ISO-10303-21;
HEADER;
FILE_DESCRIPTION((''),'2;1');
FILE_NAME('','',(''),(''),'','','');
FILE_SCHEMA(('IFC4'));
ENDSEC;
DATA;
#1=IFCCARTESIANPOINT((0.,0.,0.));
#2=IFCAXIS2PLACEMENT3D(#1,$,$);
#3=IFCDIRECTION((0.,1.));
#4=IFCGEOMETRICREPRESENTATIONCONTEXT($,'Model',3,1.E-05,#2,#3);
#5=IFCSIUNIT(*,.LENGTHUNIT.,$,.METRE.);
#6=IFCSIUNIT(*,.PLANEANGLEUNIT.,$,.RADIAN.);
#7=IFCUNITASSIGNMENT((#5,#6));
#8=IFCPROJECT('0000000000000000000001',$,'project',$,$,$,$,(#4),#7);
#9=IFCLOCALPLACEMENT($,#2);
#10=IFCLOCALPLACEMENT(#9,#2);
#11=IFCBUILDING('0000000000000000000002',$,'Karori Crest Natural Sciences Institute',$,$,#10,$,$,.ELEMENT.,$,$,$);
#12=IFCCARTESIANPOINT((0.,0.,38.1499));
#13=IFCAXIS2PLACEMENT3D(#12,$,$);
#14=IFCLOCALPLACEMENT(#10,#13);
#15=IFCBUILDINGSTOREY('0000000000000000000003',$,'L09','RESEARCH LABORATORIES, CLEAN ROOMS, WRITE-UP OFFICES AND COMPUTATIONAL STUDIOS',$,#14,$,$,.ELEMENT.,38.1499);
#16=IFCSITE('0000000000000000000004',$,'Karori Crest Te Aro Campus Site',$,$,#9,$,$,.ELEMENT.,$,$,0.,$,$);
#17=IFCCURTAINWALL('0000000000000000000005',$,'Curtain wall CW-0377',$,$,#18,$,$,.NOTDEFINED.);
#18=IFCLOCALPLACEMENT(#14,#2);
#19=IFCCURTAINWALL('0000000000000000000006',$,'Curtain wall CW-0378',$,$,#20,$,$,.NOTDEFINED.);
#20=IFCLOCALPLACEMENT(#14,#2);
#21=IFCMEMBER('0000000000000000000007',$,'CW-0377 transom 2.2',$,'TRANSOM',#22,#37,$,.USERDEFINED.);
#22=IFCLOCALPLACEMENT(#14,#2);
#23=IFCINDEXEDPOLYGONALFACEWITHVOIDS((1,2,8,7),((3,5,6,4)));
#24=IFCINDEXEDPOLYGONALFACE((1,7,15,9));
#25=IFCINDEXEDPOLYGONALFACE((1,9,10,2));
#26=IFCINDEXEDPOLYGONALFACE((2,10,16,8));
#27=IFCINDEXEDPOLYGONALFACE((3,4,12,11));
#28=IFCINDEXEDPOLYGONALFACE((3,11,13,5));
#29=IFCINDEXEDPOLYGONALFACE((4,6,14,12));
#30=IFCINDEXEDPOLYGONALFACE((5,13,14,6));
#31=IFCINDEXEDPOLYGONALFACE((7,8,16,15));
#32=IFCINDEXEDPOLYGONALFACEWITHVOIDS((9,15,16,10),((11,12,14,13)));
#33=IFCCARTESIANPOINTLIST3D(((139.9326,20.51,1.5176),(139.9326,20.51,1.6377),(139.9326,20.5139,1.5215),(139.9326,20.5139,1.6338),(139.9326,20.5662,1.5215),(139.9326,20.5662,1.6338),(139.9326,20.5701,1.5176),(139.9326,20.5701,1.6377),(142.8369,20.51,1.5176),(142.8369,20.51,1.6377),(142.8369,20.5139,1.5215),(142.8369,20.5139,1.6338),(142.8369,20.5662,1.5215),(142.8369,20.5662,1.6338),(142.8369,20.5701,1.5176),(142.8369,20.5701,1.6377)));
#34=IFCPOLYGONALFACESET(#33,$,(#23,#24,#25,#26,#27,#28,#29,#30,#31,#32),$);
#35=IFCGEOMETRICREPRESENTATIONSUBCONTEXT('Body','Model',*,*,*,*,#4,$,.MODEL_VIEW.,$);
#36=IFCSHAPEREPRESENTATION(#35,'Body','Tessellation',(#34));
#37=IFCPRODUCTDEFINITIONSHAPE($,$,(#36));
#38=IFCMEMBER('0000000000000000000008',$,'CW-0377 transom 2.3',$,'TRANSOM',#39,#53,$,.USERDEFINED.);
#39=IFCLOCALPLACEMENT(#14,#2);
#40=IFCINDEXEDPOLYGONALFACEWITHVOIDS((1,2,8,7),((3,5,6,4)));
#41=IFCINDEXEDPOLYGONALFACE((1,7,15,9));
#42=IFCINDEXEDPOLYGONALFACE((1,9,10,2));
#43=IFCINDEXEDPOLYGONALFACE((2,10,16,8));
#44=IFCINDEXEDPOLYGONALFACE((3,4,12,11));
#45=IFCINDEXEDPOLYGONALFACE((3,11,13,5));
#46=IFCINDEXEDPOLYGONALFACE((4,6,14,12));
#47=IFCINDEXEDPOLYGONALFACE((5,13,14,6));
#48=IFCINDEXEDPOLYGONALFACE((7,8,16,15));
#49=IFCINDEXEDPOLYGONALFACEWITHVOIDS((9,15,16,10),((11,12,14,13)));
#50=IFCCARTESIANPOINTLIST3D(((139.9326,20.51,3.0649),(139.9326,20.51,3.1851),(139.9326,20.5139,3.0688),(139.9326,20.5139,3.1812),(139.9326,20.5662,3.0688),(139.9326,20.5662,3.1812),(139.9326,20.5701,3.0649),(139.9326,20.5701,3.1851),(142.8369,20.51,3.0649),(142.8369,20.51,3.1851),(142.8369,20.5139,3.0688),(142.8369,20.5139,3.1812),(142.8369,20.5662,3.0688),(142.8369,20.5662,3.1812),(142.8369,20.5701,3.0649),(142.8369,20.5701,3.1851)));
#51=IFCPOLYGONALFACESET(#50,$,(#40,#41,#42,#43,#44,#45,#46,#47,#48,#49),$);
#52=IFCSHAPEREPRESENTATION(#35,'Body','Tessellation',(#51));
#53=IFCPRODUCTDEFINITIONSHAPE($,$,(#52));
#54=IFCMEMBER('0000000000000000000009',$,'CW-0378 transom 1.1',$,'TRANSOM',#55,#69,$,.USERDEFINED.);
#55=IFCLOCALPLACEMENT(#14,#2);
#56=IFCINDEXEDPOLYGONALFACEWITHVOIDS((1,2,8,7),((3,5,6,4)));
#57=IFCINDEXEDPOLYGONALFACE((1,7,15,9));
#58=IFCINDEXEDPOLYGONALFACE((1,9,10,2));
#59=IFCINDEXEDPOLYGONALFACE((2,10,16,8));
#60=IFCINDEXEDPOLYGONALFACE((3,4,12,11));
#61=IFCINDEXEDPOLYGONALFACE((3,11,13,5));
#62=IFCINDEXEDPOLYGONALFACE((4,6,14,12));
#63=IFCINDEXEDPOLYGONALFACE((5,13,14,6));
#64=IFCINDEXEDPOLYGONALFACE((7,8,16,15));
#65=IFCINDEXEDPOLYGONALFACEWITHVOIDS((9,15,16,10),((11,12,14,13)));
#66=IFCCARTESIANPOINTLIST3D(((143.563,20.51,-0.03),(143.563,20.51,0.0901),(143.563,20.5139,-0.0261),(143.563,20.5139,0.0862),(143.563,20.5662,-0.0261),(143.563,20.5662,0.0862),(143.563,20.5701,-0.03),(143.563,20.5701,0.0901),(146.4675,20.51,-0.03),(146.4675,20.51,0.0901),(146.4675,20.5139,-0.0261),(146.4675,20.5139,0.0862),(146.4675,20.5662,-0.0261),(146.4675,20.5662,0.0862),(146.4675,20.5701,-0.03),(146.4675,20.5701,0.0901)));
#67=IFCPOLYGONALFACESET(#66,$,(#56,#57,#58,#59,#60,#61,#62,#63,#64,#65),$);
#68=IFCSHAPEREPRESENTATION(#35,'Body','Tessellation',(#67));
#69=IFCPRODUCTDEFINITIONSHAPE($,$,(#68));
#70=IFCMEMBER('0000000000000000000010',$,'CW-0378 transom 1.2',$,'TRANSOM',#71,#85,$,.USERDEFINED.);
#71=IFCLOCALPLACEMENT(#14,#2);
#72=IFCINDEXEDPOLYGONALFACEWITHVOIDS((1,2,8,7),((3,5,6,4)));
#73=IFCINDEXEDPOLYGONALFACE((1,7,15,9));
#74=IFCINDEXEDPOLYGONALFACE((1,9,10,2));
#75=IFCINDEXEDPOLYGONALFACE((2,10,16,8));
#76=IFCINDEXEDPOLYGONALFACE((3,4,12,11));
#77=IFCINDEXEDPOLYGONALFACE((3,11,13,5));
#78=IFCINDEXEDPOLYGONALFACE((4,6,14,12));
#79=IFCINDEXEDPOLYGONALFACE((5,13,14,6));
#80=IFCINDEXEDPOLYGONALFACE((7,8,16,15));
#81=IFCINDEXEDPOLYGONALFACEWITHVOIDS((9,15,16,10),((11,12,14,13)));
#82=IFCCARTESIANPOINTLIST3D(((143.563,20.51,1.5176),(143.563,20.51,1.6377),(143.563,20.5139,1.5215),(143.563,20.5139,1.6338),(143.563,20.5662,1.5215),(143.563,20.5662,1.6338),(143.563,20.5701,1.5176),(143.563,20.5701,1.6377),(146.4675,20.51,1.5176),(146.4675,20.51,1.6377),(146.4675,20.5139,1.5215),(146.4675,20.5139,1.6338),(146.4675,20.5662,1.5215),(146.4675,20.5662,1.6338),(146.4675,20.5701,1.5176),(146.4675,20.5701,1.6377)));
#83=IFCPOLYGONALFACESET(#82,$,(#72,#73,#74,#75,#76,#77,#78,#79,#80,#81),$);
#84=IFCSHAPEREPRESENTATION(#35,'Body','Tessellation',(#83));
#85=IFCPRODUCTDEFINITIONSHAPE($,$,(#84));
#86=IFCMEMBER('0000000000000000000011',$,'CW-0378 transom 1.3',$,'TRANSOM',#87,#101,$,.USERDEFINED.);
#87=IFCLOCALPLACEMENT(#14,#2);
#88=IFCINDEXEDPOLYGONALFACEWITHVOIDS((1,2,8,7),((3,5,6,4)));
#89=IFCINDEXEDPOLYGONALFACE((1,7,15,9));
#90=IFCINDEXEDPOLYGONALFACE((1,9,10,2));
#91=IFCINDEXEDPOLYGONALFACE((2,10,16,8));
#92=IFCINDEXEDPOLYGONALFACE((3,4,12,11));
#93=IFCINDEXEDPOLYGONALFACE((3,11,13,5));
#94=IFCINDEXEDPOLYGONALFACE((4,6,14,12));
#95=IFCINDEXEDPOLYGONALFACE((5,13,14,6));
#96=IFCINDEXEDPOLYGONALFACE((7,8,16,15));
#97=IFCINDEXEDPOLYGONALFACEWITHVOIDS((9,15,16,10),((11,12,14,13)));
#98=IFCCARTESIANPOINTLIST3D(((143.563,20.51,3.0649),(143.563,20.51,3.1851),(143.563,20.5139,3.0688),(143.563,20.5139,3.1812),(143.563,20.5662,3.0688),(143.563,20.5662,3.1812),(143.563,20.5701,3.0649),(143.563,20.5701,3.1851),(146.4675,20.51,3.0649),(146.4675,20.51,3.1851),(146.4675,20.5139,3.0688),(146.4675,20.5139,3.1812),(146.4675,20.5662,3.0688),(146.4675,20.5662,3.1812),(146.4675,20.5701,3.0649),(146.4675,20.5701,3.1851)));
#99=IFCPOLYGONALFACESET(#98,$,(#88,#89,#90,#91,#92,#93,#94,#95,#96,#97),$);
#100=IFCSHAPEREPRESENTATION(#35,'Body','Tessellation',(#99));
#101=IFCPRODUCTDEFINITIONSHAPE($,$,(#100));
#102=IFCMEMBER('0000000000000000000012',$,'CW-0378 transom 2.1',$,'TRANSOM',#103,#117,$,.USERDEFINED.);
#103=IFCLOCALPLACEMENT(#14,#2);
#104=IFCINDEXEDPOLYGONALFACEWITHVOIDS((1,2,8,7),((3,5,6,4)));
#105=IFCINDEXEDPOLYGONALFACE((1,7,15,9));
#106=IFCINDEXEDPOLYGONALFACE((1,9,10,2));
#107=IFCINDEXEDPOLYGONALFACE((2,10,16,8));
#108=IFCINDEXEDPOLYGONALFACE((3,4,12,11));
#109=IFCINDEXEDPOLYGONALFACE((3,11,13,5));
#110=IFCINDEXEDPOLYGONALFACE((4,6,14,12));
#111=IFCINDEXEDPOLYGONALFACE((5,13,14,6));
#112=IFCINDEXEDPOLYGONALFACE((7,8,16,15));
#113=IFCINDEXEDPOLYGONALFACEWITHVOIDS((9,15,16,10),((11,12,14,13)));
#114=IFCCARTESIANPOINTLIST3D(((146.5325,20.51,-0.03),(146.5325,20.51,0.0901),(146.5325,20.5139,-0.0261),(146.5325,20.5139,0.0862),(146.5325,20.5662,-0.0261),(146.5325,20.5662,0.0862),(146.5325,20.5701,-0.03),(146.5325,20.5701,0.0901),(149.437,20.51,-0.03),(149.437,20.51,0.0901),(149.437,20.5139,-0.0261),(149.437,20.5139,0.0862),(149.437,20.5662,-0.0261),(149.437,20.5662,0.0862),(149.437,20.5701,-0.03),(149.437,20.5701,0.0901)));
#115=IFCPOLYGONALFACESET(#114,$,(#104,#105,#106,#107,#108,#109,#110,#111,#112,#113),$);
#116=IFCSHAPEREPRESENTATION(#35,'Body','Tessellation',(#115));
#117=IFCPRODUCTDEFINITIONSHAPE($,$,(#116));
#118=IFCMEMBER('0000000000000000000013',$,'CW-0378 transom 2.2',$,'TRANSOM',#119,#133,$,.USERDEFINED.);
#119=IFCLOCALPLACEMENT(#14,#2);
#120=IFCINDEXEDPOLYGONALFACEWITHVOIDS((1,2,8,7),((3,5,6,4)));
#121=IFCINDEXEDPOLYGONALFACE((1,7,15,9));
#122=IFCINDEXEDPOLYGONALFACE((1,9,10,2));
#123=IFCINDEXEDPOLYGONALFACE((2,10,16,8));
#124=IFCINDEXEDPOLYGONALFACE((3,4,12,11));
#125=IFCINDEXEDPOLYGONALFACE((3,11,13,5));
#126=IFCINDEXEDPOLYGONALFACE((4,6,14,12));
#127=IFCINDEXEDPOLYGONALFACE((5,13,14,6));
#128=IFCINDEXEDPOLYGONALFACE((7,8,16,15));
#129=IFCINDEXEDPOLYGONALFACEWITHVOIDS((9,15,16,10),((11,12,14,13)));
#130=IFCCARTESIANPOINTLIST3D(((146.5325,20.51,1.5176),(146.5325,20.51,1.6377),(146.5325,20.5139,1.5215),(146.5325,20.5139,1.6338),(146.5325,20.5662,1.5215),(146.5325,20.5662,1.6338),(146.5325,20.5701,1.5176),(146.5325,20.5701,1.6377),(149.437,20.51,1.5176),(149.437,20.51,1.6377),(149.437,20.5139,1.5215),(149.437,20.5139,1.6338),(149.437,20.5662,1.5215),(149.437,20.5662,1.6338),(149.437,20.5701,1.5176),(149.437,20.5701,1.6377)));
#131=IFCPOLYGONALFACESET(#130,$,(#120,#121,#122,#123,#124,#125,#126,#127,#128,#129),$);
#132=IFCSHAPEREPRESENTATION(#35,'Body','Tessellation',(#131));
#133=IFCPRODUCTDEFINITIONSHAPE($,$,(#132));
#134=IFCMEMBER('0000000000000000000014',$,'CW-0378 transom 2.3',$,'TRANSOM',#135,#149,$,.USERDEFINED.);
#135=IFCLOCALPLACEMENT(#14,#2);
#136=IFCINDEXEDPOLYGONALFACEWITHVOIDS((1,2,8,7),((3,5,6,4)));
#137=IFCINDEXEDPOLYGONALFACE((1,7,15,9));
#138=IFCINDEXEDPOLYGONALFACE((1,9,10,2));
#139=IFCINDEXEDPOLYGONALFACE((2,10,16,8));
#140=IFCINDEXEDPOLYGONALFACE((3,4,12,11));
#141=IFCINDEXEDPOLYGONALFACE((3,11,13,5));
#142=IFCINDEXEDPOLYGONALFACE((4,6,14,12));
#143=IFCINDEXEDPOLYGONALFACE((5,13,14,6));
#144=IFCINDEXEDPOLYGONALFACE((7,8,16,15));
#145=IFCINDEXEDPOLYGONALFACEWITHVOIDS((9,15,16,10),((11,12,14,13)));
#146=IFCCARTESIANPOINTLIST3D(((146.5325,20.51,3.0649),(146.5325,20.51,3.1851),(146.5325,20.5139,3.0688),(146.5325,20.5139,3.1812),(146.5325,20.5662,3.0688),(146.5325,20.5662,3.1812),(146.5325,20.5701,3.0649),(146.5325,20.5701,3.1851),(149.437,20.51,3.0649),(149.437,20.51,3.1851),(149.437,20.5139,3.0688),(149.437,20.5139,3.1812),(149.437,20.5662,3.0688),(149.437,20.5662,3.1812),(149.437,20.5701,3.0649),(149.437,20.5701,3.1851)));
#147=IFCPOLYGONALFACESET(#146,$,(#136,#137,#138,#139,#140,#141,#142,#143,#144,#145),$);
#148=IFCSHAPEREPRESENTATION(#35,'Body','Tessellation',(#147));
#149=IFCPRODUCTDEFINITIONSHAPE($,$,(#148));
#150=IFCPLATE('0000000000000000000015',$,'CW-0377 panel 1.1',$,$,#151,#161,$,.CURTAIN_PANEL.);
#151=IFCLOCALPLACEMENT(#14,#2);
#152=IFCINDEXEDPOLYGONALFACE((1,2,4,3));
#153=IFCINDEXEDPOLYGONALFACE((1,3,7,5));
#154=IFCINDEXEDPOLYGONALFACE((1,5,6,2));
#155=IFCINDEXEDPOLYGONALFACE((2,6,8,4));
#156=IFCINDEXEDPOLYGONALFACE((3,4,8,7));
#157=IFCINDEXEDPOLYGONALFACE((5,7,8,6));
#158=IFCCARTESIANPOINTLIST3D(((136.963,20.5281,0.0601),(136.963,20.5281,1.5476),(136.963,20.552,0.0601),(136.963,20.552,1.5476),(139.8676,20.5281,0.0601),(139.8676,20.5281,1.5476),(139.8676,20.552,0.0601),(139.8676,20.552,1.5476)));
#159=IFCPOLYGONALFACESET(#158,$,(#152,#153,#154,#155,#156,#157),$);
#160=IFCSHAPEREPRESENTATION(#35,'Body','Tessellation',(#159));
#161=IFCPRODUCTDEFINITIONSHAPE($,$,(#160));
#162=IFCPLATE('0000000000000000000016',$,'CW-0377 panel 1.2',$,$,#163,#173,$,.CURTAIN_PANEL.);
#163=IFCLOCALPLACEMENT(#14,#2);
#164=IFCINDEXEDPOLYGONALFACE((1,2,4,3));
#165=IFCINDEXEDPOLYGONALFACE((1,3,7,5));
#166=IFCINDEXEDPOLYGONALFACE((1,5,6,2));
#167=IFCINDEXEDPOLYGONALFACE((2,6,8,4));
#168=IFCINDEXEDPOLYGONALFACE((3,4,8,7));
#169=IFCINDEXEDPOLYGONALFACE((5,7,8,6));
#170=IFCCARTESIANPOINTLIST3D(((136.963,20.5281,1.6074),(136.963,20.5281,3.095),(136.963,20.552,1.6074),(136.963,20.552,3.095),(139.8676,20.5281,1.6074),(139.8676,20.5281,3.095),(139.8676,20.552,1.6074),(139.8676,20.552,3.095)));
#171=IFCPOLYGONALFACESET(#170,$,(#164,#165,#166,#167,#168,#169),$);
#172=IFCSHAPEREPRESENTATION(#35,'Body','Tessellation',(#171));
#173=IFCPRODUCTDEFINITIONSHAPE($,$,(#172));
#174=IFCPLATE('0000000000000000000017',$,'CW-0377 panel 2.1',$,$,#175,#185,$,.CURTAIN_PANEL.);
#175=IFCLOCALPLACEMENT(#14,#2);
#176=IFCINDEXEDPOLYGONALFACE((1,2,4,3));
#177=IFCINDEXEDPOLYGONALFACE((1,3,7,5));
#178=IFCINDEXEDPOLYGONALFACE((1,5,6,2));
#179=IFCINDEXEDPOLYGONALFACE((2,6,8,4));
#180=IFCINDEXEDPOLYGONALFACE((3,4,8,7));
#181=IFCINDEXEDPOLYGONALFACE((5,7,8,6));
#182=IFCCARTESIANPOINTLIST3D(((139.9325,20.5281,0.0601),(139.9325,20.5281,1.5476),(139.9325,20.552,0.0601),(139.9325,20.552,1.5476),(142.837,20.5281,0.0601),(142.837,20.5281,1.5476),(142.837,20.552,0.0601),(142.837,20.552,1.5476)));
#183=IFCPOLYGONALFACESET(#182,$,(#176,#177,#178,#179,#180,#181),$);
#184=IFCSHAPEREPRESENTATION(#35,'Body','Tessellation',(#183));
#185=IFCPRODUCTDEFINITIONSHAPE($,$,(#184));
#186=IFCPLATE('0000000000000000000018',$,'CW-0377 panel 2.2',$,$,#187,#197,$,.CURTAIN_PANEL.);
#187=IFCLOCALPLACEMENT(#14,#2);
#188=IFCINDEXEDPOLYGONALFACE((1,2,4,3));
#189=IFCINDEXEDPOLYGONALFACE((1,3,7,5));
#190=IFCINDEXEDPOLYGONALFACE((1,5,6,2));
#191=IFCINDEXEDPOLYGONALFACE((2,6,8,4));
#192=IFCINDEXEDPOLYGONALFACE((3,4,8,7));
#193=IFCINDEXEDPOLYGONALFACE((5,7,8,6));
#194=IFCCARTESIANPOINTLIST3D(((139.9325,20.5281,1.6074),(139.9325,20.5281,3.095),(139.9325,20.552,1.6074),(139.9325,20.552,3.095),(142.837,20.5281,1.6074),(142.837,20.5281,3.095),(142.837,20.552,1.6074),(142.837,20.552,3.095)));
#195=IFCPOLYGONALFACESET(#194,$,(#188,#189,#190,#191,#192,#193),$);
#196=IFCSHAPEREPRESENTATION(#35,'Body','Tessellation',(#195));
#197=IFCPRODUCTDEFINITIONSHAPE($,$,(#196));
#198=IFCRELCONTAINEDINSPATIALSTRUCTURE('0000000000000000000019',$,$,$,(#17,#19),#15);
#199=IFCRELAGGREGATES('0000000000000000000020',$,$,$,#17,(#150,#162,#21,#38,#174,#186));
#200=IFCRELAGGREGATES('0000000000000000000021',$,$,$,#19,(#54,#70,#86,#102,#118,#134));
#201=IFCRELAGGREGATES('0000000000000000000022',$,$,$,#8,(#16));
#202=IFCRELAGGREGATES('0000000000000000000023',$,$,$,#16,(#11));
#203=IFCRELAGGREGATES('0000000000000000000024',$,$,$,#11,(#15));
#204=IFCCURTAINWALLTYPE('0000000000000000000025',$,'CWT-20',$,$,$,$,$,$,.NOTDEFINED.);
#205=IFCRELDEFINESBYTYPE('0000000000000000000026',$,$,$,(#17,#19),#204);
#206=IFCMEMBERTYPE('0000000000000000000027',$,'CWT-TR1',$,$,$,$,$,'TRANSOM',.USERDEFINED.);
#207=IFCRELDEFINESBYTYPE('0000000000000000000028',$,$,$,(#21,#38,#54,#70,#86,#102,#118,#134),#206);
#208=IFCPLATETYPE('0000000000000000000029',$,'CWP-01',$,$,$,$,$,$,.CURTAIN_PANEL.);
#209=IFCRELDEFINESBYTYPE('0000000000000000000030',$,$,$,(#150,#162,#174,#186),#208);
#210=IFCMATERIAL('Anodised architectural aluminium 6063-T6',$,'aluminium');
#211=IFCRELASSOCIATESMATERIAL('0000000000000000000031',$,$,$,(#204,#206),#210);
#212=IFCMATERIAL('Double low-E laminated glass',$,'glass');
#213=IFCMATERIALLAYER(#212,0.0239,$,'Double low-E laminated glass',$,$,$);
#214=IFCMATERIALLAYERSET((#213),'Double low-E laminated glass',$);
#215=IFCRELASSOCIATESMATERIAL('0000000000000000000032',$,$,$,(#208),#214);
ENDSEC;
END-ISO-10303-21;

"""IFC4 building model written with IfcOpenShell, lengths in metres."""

from ifc_helpers import new_model, si_unit, direction, frame, origin, origin_2d, place, context, subcontext, project, spatial, rectangle, hollow_rectangle, extrude, material, layer, layer_set, material_profile, profile_set, type_object, element, aggregate, save


model = new_model("IFC4")

# Units and contexts
model_context = context("Model", 3, precision=1e-05, world=origin(), true_north=direction((0.0, 1.0)))
body_context = subcontext(model_context, "Body", "Model", "MODEL_VIEW")
ifc_project = project(units=[si_unit("LENGTHUNIT", "METRE"), si_unit("PLANEANGLEUNIT", "RADIAN")], contexts=[model_context])

# Site, building, storey
site_placement = place(None, origin())
site = spatial("IfcSite", under=ifc_project, at=site_placement, Name="Karori Crest Te Aro Campus Site", CompositionType="ELEMENT", RefElevation=0.0)
building_placement = place(site_placement, origin())
building = spatial("IfcBuilding", under=site, at=building_placement, Name="Karori Crest Natural Sciences Institute", CompositionType="ELEMENT")
storey_placement = place(building_placement, frame((0.0, 0.0, 38.1499)))
storey = spatial("IfcBuildingStorey", under=building, at=storey_placement, Name="L09", Description="RESEARCH LABORATORIES, CLEAN ROOMS, WRITE-UP OFFICES AND COMPUTATIONAL STUDIOS", CompositionType="ELEMENT", Elevation=38.1499)

# Curtain walls
ifc_material_1 = material(Name="Anodised architectural aluminium 6063-T6", Category="aluminium")
curtain_wall_type = type_object("IfcCurtainWallType", Name="CWT-20", PredefinedType="NOTDEFINED", material=ifc_material_1)
curtain_wall_1_placement = place(storey_placement, origin())
curtain_wall_1 = element("IfcCurtainWall", 1, at=curtain_wall_1_placement, inside=storey, type_object=curtain_wall_type, Name="Curtain wall CW-0377", PredefinedType="NOTDEFINED")
curtain_wall_2_placement = place(storey_placement, origin())
curtain_wall_2 = element("IfcCurtainWall", 2, at=curtain_wall_2_placement, inside=storey, type_object=curtain_wall_type, Name="Curtain wall CW-0378", PredefinedType="NOTDEFINED")

# Members
ifc_material_profile_1 = material_profile(ifc_material_1, hollow_rectangle(XDim=0.0601, YDim=0.1201, WallThickness=0.0039, at=origin_2d()), Name="CWT120x60x4")
ifc_profile_set_1 = profile_set([ifc_material_profile_1], Name="Anodised architectural aluminium 6063-T6")
member_type_1 = type_object("IfcMemberType", Name="CWT-TR1", ElementType="TRANSOM", PredefinedType="USERDEFINED", material=ifc_profile_set_1)
member_1_placement = place(storey_placement, frame((139.9326, 20.54, 1.5776), z_axis=(1.0, 0.0, 0.0), x_axis=(0.0, 1.0, 0.0)))
member_1 = element("IfcMember", 3, at=member_1_placement, type_object=member_type_1, Name="CW-0377 transom 2.2", ObjectType="TRANSOM", PredefinedType="USERDEFINED", context=body_context, shape_type="SweptSolid", body=[
    extrude(hollow_rectangle(XDim=0.0601, YDim=0.1201, WallThickness=0.0039, at=origin_2d()), origin(), (0.0, 0.0, 1.0), 2.9043),
])
member_2_placement = place(storey_placement, frame((139.9326, 20.54, 3.125), z_axis=(1.0, 0.0, 0.0), x_axis=(0.0, 1.0, 0.0)))
member_2 = element("IfcMember", 4, at=member_2_placement, type_object=member_type_1, Name="CW-0377 transom 2.3", ObjectType="TRANSOM", PredefinedType="USERDEFINED", context=body_context, shape_type="SweptSolid", body=[
    extrude(hollow_rectangle(XDim=0.0601, YDim=0.1201, WallThickness=0.0039, at=origin_2d()), origin(), (0.0, 0.0, 1.0), 2.9043),
])
member_3_placement = place(storey_placement, frame((143.563, 20.54, 0.03), z_axis=(1.0, 0.0, 0.0), x_axis=(0.0, 1.0, 0.0)))
member_3 = element("IfcMember", 5, at=member_3_placement, type_object=member_type_1, Name="CW-0378 transom 1.1", ObjectType="TRANSOM", PredefinedType="USERDEFINED", context=body_context, shape_type="SweptSolid", body=[
    extrude(hollow_rectangle(XDim=0.0601, YDim=0.1201, WallThickness=0.0039, at=origin_2d()), origin(), (0.0, 0.0, 1.0), 2.9045),
])
member_4_placement = place(storey_placement, frame((143.563, 20.54, 1.5776), z_axis=(1.0, 0.0, 0.0), x_axis=(0.0, 1.0, 0.0)))
member_4 = element("IfcMember", 6, at=member_4_placement, type_object=member_type_1, Name="CW-0378 transom 1.2", ObjectType="TRANSOM", PredefinedType="USERDEFINED", context=body_context, shape_type="SweptSolid", body=[
    extrude(hollow_rectangle(XDim=0.0601, YDim=0.1201, WallThickness=0.0039, at=origin_2d()), origin(), (0.0, 0.0, 1.0), 2.9045),
])
member_5_placement = place(storey_placement, frame((143.563, 20.54, 3.125), z_axis=(1.0, 0.0, 0.0), x_axis=(0.0, 1.0, 0.0)))
member_5 = element("IfcMember", 7, at=member_5_placement, type_object=member_type_1, Name="CW-0378 transom 1.3", ObjectType="TRANSOM", PredefinedType="USERDEFINED", context=body_context, shape_type="SweptSolid", body=[
    extrude(hollow_rectangle(XDim=0.0601, YDim=0.1201, WallThickness=0.0039, at=origin_2d()), origin(), (0.0, 0.0, 1.0), 2.9045),
])
member_6_placement = place(storey_placement, frame((146.5325, 20.54, 0.03), z_axis=(1.0, 0.0, 0.0), x_axis=(0.0, 1.0, 0.0)))
member_6 = element("IfcMember", 8, at=member_6_placement, type_object=member_type_1, Name="CW-0378 transom 2.1", ObjectType="TRANSOM", PredefinedType="USERDEFINED", context=body_context, shape_type="SweptSolid", body=[
    extrude(hollow_rectangle(XDim=0.0601, YDim=0.1201, WallThickness=0.0039, at=origin_2d()), origin(), (0.0, 0.0, 1.0), 2.9045),
])
member_7_placement = place(storey_placement, frame((146.5325, 20.54, 1.5776), z_axis=(1.0, 0.0, 0.0), x_axis=(0.0, 1.0, 0.0)))
member_7 = element("IfcMember", 9, at=member_7_placement, type_object=member_type_1, Name="CW-0378 transom 2.2", ObjectType="TRANSOM", PredefinedType="USERDEFINED", context=body_context, shape_type="SweptSolid", body=[
    extrude(hollow_rectangle(XDim=0.0601, YDim=0.1201, WallThickness=0.0039, at=origin_2d()), origin(), (0.0, 0.0, 1.0), 2.9045),
])
member_8_placement = place(storey_placement, frame((146.5325, 20.54, 3.125), z_axis=(1.0, 0.0, 0.0), x_axis=(0.0, 1.0, 0.0)))
member_8 = element("IfcMember", 10, at=member_8_placement, type_object=member_type_1, Name="CW-0378 transom 2.3", ObjectType="TRANSOM", PredefinedType="USERDEFINED", context=body_context, shape_type="SweptSolid", body=[
    extrude(hollow_rectangle(XDim=0.0601, YDim=0.1201, WallThickness=0.0039, at=origin_2d()), origin(), (0.0, 0.0, 1.0), 2.9045),
])

# Plates
ifc_material_2 = material(Name="Double low-E laminated glass", Category="glass")
ifc_layer_1 = layer(ifc_material_2, 0.0239, Name="Double low-E laminated glass")
ifc_layer_set_1 = layer_set([ifc_layer_1], Name="Double low-E laminated glass")
plate_type = type_object("IfcPlateType", Name="CWP-01", PredefinedType="CURTAIN_PANEL", material=ifc_layer_set_1)
plate_1_placement = place(storey_placement, frame((138.4153, 20.54, 0.0601), z_axis=(0.0, 0.0, 1.0), x_axis=(1.0, 0.0, 0.0)))
plate_1 = element("IfcPlate", 11, at=plate_1_placement, type_object=plate_type, Name="CW-0377 panel 1.1", PredefinedType="CURTAIN_PANEL", context=body_context, shape_type="SweptSolid", body=[
    extrude(rectangle(XDim=2.9045, YDim=0.0239, at=origin_2d()), origin(), (0.0, 0.0, 1.0), 1.4875),
])
plate_2_placement = place(storey_placement, frame((138.4153, 20.54, 1.6074), z_axis=(0.0, 0.0, 1.0), x_axis=(1.0, 0.0, 0.0)))
plate_2 = element("IfcPlate", 12, at=plate_2_placement, type_object=plate_type, Name="CW-0377 panel 1.2", PredefinedType="CURTAIN_PANEL", context=body_context, shape_type="SweptSolid", body=[
    extrude(rectangle(XDim=2.9045, YDim=0.0239, at=origin_2d()), origin(), (0.0, 0.0, 1.0), 1.4875),
])
plate_3_placement = place(storey_placement, frame((141.3848, 20.54, 0.0601), z_axis=(0.0, 0.0, 1.0), x_axis=(1.0, 0.0, 0.0)))
plate_3 = element("IfcPlate", 13, at=plate_3_placement, type_object=plate_type, Name="CW-0377 panel 2.1", PredefinedType="CURTAIN_PANEL", context=body_context, shape_type="SweptSolid", body=[
    extrude(rectangle(XDim=2.9045, YDim=0.0239, at=origin_2d()), origin(), (0.0, 0.0, 1.0), 1.4875),
])
plate_4_placement = place(storey_placement, frame((141.3848, 20.54, 1.6074), z_axis=(0.0, 0.0, 1.0), x_axis=(1.0, 0.0, 0.0)))
plate_4 = element("IfcPlate", 14, at=plate_4_placement, type_object=plate_type, Name="CW-0377 panel 2.2", PredefinedType="CURTAIN_PANEL", context=body_context, shape_type="SweptSolid", body=[
    extrude(rectangle(XDim=2.9045, YDim=0.0239, at=origin_2d()), origin(), (0.0, 0.0, 1.0), 1.4875),
])
aggregate(curtain_wall_1, [plate_1, plate_2, member_1, member_2, plate_3, plate_4])
aggregate(curtain_wall_2, [member_3, member_4, member_5, member_6, member_7, member_8])

save(model, "model.ifc")
